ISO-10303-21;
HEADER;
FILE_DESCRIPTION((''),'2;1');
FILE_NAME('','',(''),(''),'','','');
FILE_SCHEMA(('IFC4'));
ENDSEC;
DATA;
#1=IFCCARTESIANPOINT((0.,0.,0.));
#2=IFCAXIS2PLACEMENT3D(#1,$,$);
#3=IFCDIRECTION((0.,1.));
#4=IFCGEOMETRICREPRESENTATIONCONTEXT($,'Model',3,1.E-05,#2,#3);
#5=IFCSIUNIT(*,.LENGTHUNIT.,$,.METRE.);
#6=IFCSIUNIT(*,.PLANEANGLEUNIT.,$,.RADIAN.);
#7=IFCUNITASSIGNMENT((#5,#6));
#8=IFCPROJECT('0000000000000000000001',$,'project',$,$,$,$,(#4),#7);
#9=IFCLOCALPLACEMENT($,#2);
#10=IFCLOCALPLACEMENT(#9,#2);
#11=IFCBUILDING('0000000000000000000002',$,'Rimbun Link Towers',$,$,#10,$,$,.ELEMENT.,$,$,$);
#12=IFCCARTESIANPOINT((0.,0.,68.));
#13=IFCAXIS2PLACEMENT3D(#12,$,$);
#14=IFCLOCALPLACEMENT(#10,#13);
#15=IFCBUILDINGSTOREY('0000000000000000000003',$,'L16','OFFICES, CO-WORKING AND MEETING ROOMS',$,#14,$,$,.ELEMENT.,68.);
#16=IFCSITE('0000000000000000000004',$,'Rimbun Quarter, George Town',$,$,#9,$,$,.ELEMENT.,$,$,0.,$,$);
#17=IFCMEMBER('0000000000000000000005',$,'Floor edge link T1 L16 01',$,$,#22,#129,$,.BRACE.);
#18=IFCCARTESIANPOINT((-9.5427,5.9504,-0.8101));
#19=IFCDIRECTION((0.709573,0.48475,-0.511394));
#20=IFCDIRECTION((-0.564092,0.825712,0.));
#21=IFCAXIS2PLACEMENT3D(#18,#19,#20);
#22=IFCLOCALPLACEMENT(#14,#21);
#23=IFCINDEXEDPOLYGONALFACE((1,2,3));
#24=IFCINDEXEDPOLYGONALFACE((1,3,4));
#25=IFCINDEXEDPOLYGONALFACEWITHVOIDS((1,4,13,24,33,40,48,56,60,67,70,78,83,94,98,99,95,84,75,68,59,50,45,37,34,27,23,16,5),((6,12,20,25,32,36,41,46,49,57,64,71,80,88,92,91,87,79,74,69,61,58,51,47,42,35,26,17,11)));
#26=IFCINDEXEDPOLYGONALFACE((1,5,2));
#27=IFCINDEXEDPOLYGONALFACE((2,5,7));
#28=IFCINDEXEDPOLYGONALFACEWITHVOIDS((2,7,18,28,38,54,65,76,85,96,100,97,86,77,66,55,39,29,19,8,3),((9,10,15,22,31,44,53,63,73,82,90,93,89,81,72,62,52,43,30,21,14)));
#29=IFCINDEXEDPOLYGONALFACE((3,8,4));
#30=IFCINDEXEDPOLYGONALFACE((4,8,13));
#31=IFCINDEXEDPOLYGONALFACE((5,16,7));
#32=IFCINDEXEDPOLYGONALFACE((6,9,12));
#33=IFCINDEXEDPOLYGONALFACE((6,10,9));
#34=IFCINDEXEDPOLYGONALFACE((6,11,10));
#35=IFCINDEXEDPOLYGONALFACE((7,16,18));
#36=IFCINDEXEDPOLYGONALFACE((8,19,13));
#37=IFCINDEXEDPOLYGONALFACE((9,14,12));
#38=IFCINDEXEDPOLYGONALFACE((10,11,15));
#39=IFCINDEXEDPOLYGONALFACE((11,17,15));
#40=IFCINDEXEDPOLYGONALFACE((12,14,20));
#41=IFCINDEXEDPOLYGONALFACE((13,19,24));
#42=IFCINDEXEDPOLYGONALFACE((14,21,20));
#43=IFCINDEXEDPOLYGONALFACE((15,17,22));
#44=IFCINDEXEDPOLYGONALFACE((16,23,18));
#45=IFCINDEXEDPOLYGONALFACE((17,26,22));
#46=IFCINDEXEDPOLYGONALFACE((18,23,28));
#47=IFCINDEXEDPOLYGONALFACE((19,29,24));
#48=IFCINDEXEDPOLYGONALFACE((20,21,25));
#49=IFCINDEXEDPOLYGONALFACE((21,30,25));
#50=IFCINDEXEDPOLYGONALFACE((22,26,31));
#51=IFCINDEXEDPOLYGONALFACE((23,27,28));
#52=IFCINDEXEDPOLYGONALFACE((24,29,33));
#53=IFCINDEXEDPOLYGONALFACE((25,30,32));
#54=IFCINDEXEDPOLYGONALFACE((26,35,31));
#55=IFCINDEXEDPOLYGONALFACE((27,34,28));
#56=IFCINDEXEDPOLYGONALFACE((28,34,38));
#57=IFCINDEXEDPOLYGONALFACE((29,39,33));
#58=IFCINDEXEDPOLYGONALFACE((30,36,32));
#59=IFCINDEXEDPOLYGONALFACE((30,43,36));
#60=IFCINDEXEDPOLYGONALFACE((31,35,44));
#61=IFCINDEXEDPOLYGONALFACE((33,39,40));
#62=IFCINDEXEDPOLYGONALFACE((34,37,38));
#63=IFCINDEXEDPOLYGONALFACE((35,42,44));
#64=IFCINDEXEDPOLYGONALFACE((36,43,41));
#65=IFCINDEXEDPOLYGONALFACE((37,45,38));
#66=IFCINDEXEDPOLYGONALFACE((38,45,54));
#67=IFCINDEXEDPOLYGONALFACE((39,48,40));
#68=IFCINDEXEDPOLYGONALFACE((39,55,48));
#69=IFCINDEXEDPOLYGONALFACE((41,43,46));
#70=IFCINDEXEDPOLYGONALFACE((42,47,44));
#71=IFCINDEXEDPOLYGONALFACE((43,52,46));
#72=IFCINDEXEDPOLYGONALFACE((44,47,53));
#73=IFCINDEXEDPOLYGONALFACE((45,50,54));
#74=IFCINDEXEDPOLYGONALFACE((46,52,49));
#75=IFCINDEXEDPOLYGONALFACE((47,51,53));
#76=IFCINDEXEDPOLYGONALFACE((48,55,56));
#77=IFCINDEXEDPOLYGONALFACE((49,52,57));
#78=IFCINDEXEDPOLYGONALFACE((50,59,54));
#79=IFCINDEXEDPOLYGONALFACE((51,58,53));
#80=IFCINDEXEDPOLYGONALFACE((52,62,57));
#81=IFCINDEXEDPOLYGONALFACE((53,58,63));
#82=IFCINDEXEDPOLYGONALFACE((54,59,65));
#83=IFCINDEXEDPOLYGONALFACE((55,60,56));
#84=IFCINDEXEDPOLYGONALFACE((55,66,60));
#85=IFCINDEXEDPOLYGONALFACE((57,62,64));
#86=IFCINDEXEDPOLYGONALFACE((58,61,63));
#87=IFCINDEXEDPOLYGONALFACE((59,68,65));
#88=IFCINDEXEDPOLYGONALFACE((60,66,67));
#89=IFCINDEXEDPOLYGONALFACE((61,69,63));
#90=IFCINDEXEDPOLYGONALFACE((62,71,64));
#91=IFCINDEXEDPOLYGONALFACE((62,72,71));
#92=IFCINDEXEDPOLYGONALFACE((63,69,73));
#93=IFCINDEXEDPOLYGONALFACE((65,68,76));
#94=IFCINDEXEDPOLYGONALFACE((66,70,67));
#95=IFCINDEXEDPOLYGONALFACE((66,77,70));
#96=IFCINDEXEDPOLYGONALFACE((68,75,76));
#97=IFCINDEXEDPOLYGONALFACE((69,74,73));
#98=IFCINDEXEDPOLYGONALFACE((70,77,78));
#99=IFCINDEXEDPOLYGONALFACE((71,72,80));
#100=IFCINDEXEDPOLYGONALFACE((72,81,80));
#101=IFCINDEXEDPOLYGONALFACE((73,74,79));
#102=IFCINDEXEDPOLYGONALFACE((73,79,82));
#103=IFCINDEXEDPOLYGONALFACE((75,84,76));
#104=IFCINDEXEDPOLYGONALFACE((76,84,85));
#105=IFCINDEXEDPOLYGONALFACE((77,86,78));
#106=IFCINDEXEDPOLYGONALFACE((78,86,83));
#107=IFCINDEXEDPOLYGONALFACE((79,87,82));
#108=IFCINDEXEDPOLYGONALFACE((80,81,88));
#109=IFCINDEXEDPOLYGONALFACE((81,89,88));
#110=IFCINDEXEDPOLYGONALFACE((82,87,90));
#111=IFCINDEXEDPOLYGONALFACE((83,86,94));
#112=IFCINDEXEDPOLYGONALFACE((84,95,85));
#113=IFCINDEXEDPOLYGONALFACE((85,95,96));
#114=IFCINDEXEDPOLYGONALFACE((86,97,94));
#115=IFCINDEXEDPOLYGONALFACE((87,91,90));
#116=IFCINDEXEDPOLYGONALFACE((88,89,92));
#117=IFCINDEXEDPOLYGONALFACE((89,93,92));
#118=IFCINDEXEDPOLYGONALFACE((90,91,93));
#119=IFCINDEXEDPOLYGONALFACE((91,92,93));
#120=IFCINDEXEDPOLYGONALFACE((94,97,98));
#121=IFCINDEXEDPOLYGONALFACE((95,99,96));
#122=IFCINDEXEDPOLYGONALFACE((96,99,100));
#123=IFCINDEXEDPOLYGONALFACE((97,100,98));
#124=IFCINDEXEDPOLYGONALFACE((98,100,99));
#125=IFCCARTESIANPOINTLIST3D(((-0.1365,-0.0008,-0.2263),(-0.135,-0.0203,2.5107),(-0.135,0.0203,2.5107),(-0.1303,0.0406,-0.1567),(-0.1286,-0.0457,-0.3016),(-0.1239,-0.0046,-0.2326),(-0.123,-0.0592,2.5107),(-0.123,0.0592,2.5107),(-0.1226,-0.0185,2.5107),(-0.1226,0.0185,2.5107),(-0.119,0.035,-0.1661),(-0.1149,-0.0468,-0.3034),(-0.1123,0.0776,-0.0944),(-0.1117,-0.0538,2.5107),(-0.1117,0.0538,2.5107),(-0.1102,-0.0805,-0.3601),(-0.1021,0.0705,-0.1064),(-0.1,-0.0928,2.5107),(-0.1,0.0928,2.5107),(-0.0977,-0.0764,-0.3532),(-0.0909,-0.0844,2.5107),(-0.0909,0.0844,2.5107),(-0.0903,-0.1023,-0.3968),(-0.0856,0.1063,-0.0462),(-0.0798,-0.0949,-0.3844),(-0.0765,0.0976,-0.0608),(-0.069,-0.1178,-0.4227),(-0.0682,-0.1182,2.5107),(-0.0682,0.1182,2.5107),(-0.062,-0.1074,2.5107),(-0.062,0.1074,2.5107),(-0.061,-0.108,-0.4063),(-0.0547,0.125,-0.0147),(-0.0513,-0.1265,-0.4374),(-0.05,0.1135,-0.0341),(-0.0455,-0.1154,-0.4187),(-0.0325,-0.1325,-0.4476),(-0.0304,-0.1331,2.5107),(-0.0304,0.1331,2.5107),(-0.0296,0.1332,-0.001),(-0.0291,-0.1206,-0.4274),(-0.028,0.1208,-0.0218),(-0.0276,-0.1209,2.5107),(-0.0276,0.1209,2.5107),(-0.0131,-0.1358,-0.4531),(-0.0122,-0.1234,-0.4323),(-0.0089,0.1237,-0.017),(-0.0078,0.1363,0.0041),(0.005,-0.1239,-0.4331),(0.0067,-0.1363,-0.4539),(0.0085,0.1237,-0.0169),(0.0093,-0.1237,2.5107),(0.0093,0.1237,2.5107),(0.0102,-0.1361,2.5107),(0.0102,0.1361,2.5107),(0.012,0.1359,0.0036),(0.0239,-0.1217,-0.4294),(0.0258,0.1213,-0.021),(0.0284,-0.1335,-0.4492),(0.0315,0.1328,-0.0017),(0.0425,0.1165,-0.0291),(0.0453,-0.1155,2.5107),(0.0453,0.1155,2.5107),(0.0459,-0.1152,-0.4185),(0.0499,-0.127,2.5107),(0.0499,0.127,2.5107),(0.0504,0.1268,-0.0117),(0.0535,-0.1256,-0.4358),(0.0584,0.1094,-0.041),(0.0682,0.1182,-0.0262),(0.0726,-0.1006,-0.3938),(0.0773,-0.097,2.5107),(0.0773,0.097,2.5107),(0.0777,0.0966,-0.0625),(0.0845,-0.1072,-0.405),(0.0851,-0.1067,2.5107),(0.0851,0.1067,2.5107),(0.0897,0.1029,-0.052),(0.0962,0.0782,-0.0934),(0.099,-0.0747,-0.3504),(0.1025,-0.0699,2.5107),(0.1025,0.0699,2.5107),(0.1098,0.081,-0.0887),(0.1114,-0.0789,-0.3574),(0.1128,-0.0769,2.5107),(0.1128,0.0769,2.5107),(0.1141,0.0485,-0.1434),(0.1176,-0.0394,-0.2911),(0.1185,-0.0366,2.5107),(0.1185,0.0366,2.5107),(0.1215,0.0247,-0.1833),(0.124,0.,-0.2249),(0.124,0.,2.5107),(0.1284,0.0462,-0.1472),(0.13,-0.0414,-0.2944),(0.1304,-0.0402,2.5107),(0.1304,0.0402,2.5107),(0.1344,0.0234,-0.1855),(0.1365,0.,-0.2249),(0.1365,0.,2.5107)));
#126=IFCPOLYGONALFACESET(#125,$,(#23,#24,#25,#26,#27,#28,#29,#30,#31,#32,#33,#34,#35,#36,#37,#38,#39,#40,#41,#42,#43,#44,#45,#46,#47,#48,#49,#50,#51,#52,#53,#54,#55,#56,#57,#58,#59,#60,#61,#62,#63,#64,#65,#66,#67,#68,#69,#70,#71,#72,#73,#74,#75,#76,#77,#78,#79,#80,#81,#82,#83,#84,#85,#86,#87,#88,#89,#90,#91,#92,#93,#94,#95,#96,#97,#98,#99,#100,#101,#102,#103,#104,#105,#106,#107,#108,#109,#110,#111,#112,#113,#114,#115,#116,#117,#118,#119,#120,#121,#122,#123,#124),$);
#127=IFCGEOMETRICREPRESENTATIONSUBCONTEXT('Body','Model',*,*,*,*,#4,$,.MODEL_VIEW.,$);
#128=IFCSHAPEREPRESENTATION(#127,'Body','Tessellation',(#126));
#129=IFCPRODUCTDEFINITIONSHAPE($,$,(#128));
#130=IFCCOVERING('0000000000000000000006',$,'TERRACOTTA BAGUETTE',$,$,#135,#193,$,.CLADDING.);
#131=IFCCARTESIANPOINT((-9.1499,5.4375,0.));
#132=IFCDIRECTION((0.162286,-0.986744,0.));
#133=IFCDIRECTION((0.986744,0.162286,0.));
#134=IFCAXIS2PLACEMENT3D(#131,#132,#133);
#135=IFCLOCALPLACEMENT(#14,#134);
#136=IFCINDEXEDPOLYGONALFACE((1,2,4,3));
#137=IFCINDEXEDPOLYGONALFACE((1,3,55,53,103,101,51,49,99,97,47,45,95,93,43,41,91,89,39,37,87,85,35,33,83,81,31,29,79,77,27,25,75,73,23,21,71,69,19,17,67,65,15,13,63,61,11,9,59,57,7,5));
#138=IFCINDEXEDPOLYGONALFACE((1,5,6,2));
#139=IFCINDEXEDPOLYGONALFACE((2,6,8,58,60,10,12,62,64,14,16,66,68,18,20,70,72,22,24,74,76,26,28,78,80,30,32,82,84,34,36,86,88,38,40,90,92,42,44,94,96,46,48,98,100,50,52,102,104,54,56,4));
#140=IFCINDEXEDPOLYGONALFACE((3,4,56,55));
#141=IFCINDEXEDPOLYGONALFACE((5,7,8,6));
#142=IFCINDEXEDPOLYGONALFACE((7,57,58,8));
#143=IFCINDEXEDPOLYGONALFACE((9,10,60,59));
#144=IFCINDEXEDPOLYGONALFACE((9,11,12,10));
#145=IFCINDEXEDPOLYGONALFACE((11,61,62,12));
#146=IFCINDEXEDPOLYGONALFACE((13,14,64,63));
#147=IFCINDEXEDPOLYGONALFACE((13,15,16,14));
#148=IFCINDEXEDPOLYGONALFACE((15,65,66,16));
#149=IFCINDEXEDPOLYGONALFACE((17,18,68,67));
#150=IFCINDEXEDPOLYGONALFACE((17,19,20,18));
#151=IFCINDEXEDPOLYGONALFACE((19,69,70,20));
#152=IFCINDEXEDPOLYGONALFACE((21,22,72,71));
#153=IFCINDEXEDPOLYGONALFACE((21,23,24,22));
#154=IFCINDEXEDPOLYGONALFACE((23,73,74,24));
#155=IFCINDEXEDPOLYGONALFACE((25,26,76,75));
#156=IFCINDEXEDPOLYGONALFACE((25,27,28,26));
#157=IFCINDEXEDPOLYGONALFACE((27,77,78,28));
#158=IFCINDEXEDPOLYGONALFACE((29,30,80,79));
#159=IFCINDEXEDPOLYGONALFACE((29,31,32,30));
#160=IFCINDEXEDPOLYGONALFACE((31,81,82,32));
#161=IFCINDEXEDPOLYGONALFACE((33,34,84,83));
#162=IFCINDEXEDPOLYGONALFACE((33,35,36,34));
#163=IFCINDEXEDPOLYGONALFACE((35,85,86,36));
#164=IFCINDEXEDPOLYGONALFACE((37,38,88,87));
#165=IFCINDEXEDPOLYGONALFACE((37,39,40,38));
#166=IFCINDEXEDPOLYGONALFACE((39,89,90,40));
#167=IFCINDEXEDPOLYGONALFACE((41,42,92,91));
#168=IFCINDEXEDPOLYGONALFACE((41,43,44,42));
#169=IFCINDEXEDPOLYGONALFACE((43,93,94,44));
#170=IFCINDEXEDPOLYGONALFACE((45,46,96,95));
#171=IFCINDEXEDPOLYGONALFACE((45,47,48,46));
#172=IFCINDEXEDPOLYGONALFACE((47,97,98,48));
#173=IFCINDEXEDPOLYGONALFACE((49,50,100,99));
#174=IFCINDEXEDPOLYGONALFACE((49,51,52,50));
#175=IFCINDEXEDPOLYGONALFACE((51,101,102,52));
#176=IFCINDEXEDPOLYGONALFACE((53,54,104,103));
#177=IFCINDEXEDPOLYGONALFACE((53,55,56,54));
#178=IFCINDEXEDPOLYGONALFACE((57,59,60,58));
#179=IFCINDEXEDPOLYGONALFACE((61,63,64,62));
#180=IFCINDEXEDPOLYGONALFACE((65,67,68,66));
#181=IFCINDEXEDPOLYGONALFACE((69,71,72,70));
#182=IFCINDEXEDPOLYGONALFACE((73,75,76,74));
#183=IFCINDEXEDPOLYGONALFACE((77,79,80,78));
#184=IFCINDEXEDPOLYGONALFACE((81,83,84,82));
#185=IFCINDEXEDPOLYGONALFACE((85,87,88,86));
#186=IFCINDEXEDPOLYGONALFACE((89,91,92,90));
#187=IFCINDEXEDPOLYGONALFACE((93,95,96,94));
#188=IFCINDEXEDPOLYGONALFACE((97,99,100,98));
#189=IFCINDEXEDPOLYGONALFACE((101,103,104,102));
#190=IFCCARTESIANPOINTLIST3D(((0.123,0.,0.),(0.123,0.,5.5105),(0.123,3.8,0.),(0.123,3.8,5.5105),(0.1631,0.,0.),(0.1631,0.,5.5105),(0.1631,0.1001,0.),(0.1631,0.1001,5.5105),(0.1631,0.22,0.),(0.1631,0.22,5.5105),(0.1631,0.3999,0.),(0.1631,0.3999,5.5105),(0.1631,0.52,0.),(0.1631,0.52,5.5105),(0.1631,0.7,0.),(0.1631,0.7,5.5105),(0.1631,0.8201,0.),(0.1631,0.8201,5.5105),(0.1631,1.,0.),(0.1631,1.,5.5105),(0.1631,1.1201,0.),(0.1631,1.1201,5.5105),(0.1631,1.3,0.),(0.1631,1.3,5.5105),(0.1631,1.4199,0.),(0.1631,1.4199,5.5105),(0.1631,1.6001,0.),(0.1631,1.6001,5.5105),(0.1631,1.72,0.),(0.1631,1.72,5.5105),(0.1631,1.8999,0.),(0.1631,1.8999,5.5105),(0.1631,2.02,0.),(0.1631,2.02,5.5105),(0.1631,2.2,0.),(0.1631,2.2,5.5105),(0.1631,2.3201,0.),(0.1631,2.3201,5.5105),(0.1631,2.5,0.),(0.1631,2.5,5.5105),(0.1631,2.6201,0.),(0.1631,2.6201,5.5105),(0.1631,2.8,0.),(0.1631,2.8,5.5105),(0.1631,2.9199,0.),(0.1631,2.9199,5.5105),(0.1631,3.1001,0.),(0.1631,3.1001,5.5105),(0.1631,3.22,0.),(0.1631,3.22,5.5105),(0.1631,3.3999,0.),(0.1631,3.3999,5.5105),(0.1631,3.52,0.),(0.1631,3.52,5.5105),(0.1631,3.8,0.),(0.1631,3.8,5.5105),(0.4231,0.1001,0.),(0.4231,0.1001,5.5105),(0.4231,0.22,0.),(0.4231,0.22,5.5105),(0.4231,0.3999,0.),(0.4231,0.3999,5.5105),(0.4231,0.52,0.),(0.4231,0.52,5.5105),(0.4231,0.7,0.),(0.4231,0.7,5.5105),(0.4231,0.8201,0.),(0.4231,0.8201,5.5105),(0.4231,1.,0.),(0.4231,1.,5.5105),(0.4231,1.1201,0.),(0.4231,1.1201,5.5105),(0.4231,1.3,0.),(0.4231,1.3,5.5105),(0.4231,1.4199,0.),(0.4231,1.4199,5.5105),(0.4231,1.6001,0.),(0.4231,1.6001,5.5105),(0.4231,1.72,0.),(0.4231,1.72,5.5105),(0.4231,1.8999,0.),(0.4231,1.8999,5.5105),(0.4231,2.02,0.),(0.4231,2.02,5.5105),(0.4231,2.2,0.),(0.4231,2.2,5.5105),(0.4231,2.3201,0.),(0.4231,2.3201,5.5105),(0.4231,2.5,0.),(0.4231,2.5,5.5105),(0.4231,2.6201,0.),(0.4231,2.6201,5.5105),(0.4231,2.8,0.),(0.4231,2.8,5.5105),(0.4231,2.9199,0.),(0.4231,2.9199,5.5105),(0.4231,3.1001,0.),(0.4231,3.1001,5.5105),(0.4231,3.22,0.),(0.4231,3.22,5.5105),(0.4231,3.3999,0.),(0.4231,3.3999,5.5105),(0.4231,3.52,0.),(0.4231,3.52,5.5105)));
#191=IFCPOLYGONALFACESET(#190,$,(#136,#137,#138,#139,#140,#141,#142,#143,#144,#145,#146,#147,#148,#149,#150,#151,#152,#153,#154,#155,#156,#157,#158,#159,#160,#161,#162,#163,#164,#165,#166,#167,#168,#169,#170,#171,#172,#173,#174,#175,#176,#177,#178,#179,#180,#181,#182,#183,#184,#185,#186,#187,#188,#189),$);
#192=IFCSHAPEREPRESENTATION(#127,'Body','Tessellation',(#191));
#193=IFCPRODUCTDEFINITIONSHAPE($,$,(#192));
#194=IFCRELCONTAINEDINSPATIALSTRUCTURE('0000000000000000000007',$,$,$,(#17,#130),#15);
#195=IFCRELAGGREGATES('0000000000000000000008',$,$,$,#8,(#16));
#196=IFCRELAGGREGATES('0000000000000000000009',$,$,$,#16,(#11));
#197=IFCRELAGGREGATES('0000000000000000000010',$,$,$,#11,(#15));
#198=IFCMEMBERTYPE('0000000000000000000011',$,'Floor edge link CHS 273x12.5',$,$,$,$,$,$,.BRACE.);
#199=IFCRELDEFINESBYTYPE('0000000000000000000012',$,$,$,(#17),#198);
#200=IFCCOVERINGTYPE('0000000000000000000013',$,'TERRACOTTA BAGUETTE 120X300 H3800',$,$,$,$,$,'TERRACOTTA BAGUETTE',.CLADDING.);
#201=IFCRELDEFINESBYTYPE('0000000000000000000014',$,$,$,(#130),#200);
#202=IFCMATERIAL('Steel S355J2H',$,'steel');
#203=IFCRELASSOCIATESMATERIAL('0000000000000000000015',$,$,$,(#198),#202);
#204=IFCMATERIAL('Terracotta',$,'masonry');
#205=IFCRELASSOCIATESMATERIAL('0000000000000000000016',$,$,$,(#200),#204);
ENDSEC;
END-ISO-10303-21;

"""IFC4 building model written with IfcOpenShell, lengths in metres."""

from ifc_helpers import new_model, si_unit, direction, frame, origin, origin_2d, place, context, subcontext, project, spatial, polyline, hollow_circle, outline, extrude, clip, halfspace, material, material_profile, profile_set, type_object, element, save


model = new_model("IFC4")

# Units and contexts
model_context = context("Model", 3, precision=1e-05, world=origin(), true_north=direction((0.0, 1.0)))
body_context = subcontext(model_context, "Body", "Model", "MODEL_VIEW")
ifc_project = project(units=[si_unit("LENGTHUNIT", "METRE"), si_unit("PLANEANGLEUNIT", "RADIAN")], contexts=[model_context])

# Site, building, storey
site_placement = place(None, origin())
site = spatial("IfcSite", under=ifc_project, at=site_placement, Name="Rimbun Quarter, George Town", CompositionType="ELEMENT", RefElevation=0.0)
building_placement = place(site_placement, origin())
building = spatial("IfcBuilding", under=site, at=building_placement, Name="Rimbun Link Towers", CompositionType="ELEMENT")
storey_placement = place(building_placement, frame((0.0, 0.0, 68.0)))
storey = spatial("IfcBuildingStorey", under=building, at=storey_placement, Name="L16", Description="OFFICES, CO-WORKING AND MEETING ROOMS", CompositionType="ELEMENT", Elevation=68.0)

# Member
ifc_material_1 = material(Name="Steel S355J2H", Category="steel")
ifc_material_profile_1 = material_profile(ifc_material_1, hollow_circle(Radius=0.1365, WallThickness=0.0125, at=origin_2d()), Name="CHS 273x12.5")
ifc_profile_set_1 = profile_set([ifc_material_profile_1], Name="Steel S355J2H")
member_type_1 = type_object("IfcMemberType", Name="Floor edge link CHS 273x12.5", PredefinedType="BRACE", material=ifc_profile_set_1)
member_1_placement = place(storey_placement, frame((-9.5427, 5.9504, -0.8101), z_axis=(0.709573, 0.48475, -0.511394), x_axis=(-0.564092, 0.825712, 0.0)))
element("IfcMember", 1, at=member_1_placement, inside=storey, type_object=member_type_1, Name="Floor edge link T1 L16 01", PredefinedType="BRACE", context=body_context, shape_type="Clipping", body=[
    clip(extrude(hollow_circle(Radius=0.1365, WallThickness=0.0125, at=origin_2d()), frame((0.0, 0.0, -0.4783)), (0.0, 0.0, 1.0), 2.989), halfspace(frame((0.0, 0.0, -0.2249), z_axis=(0.0, 0.859346, -0.511394)), False)),
])

# Covering
ifc_material_2 = material(Name="Terracotta", Category="masonry")
ifc_material_profile_2 = material_profile(ifc_material_2, outline(polyline([(0.123, 0.0), (0.1631, 0.0), (0.1631, 0.1001), (0.4231, 0.1001), (0.4231, 0.22), (0.1631, 0.22), (0.1631, 0.3999), (0.4231, 0.3999), (0.4231, 0.52), (0.1631, 0.52), (0.1631, 0.7), (0.4231, 0.7), (0.4231, 0.8201), (0.1631, 0.8201), (0.1631, 1.0), (0.4231, 1.0), (0.4231, 1.1201), (0.1631, 1.1201), (0.1631, 1.3), (0.4231, 1.3), (0.4231, 1.4199), (0.1631, 1.4199), (0.1631, 1.6001), (0.4231, 1.6001), (0.4231, 1.72), (0.1631, 1.72), (0.1631, 1.8999), (0.4231, 1.8999), (0.4231, 2.02), (0.1631, 2.02), (0.1631, 2.2), (0.4231, 2.2), (0.4231, 2.3201), (0.1631, 2.3201), (0.1631, 2.5), (0.4231, 2.5), (0.4231, 2.6201), (0.1631, 2.6201), (0.1631, 2.8), (0.4231, 2.8), (0.4231, 2.9199), (0.1631, 2.9199), (0.1631, 3.1001), (0.4231, 3.1001), (0.4231, 3.22), (0.1631, 3.22), (0.1631, 3.3999), (0.4231, 3.3999), (0.4231, 3.52), (0.1631, 3.52), (0.1631, 3.8), (0.123, 3.8), (0.123, 0.0)])), Name="BAGUETTE 120X300")
ifc_profile_set_2 = profile_set([ifc_material_profile_2], Name="Terracotta")
covering_type_1 = type_object("IfcCoveringType", Name="TERRACOTTA BAGUETTE 120X300 H3800", ElementType="TERRACOTTA BAGUETTE", PredefinedType="CLADDING", material=ifc_profile_set_2)
covering_1_placement = place(storey_placement, frame((-9.1499, 5.4375, 0.0), z_axis=(0.162286, -0.986744, 0.0), x_axis=(0.986744, 0.162286, 0.0)))
element("IfcCovering", 2, at=covering_1_placement, inside=storey, type_object=covering_type_1, Name="TERRACOTTA BAGUETTE", PredefinedType="CLADDING", context=body_context, shape_type="SweptSolid", body=[
    extrude(outline(polyline([(0.123, 0.0), (0.1631, 0.0), (0.1631, 0.1001), (0.4231, 0.1001), (0.4231, 0.22), (0.1631, 0.22), (0.1631, 0.3999), (0.4231, 0.3999), (0.4231, 0.52), (0.1631, 0.52), (0.1631, 0.7), (0.4231, 0.7), (0.4231, 0.8201), (0.1631, 0.8201), (0.1631, 1.0), (0.4231, 1.0), (0.4231, 1.1201), (0.1631, 1.1201), (0.1631, 1.3), (0.4231, 1.3), (0.4231, 1.4199), (0.1631, 1.4199), (0.1631, 1.6001), (0.4231, 1.6001), (0.4231, 1.72), (0.1631, 1.72), (0.1631, 1.8999), (0.4231, 1.8999), (0.4231, 2.02), (0.1631, 2.02), (0.1631, 2.2), (0.4231, 2.2), (0.4231, 2.3201), (0.1631, 2.3201), (0.1631, 2.5), (0.4231, 2.5), (0.4231, 2.6201), (0.1631, 2.6201), (0.1631, 2.8), (0.4231, 2.8), (0.4231, 2.9199), (0.1631, 2.9199), (0.1631, 3.1001), (0.4231, 3.1001), (0.4231, 3.22), (0.1631, 3.22), (0.1631, 3.3999), (0.4231, 3.3999), (0.4231, 3.52), (0.1631, 3.52), (0.1631, 3.8), (0.123, 3.8), (0.123, 0.0)])), origin(), (0.0, 0.0, 1.0), 5.5105),
])

save(model, "model.ifc")
